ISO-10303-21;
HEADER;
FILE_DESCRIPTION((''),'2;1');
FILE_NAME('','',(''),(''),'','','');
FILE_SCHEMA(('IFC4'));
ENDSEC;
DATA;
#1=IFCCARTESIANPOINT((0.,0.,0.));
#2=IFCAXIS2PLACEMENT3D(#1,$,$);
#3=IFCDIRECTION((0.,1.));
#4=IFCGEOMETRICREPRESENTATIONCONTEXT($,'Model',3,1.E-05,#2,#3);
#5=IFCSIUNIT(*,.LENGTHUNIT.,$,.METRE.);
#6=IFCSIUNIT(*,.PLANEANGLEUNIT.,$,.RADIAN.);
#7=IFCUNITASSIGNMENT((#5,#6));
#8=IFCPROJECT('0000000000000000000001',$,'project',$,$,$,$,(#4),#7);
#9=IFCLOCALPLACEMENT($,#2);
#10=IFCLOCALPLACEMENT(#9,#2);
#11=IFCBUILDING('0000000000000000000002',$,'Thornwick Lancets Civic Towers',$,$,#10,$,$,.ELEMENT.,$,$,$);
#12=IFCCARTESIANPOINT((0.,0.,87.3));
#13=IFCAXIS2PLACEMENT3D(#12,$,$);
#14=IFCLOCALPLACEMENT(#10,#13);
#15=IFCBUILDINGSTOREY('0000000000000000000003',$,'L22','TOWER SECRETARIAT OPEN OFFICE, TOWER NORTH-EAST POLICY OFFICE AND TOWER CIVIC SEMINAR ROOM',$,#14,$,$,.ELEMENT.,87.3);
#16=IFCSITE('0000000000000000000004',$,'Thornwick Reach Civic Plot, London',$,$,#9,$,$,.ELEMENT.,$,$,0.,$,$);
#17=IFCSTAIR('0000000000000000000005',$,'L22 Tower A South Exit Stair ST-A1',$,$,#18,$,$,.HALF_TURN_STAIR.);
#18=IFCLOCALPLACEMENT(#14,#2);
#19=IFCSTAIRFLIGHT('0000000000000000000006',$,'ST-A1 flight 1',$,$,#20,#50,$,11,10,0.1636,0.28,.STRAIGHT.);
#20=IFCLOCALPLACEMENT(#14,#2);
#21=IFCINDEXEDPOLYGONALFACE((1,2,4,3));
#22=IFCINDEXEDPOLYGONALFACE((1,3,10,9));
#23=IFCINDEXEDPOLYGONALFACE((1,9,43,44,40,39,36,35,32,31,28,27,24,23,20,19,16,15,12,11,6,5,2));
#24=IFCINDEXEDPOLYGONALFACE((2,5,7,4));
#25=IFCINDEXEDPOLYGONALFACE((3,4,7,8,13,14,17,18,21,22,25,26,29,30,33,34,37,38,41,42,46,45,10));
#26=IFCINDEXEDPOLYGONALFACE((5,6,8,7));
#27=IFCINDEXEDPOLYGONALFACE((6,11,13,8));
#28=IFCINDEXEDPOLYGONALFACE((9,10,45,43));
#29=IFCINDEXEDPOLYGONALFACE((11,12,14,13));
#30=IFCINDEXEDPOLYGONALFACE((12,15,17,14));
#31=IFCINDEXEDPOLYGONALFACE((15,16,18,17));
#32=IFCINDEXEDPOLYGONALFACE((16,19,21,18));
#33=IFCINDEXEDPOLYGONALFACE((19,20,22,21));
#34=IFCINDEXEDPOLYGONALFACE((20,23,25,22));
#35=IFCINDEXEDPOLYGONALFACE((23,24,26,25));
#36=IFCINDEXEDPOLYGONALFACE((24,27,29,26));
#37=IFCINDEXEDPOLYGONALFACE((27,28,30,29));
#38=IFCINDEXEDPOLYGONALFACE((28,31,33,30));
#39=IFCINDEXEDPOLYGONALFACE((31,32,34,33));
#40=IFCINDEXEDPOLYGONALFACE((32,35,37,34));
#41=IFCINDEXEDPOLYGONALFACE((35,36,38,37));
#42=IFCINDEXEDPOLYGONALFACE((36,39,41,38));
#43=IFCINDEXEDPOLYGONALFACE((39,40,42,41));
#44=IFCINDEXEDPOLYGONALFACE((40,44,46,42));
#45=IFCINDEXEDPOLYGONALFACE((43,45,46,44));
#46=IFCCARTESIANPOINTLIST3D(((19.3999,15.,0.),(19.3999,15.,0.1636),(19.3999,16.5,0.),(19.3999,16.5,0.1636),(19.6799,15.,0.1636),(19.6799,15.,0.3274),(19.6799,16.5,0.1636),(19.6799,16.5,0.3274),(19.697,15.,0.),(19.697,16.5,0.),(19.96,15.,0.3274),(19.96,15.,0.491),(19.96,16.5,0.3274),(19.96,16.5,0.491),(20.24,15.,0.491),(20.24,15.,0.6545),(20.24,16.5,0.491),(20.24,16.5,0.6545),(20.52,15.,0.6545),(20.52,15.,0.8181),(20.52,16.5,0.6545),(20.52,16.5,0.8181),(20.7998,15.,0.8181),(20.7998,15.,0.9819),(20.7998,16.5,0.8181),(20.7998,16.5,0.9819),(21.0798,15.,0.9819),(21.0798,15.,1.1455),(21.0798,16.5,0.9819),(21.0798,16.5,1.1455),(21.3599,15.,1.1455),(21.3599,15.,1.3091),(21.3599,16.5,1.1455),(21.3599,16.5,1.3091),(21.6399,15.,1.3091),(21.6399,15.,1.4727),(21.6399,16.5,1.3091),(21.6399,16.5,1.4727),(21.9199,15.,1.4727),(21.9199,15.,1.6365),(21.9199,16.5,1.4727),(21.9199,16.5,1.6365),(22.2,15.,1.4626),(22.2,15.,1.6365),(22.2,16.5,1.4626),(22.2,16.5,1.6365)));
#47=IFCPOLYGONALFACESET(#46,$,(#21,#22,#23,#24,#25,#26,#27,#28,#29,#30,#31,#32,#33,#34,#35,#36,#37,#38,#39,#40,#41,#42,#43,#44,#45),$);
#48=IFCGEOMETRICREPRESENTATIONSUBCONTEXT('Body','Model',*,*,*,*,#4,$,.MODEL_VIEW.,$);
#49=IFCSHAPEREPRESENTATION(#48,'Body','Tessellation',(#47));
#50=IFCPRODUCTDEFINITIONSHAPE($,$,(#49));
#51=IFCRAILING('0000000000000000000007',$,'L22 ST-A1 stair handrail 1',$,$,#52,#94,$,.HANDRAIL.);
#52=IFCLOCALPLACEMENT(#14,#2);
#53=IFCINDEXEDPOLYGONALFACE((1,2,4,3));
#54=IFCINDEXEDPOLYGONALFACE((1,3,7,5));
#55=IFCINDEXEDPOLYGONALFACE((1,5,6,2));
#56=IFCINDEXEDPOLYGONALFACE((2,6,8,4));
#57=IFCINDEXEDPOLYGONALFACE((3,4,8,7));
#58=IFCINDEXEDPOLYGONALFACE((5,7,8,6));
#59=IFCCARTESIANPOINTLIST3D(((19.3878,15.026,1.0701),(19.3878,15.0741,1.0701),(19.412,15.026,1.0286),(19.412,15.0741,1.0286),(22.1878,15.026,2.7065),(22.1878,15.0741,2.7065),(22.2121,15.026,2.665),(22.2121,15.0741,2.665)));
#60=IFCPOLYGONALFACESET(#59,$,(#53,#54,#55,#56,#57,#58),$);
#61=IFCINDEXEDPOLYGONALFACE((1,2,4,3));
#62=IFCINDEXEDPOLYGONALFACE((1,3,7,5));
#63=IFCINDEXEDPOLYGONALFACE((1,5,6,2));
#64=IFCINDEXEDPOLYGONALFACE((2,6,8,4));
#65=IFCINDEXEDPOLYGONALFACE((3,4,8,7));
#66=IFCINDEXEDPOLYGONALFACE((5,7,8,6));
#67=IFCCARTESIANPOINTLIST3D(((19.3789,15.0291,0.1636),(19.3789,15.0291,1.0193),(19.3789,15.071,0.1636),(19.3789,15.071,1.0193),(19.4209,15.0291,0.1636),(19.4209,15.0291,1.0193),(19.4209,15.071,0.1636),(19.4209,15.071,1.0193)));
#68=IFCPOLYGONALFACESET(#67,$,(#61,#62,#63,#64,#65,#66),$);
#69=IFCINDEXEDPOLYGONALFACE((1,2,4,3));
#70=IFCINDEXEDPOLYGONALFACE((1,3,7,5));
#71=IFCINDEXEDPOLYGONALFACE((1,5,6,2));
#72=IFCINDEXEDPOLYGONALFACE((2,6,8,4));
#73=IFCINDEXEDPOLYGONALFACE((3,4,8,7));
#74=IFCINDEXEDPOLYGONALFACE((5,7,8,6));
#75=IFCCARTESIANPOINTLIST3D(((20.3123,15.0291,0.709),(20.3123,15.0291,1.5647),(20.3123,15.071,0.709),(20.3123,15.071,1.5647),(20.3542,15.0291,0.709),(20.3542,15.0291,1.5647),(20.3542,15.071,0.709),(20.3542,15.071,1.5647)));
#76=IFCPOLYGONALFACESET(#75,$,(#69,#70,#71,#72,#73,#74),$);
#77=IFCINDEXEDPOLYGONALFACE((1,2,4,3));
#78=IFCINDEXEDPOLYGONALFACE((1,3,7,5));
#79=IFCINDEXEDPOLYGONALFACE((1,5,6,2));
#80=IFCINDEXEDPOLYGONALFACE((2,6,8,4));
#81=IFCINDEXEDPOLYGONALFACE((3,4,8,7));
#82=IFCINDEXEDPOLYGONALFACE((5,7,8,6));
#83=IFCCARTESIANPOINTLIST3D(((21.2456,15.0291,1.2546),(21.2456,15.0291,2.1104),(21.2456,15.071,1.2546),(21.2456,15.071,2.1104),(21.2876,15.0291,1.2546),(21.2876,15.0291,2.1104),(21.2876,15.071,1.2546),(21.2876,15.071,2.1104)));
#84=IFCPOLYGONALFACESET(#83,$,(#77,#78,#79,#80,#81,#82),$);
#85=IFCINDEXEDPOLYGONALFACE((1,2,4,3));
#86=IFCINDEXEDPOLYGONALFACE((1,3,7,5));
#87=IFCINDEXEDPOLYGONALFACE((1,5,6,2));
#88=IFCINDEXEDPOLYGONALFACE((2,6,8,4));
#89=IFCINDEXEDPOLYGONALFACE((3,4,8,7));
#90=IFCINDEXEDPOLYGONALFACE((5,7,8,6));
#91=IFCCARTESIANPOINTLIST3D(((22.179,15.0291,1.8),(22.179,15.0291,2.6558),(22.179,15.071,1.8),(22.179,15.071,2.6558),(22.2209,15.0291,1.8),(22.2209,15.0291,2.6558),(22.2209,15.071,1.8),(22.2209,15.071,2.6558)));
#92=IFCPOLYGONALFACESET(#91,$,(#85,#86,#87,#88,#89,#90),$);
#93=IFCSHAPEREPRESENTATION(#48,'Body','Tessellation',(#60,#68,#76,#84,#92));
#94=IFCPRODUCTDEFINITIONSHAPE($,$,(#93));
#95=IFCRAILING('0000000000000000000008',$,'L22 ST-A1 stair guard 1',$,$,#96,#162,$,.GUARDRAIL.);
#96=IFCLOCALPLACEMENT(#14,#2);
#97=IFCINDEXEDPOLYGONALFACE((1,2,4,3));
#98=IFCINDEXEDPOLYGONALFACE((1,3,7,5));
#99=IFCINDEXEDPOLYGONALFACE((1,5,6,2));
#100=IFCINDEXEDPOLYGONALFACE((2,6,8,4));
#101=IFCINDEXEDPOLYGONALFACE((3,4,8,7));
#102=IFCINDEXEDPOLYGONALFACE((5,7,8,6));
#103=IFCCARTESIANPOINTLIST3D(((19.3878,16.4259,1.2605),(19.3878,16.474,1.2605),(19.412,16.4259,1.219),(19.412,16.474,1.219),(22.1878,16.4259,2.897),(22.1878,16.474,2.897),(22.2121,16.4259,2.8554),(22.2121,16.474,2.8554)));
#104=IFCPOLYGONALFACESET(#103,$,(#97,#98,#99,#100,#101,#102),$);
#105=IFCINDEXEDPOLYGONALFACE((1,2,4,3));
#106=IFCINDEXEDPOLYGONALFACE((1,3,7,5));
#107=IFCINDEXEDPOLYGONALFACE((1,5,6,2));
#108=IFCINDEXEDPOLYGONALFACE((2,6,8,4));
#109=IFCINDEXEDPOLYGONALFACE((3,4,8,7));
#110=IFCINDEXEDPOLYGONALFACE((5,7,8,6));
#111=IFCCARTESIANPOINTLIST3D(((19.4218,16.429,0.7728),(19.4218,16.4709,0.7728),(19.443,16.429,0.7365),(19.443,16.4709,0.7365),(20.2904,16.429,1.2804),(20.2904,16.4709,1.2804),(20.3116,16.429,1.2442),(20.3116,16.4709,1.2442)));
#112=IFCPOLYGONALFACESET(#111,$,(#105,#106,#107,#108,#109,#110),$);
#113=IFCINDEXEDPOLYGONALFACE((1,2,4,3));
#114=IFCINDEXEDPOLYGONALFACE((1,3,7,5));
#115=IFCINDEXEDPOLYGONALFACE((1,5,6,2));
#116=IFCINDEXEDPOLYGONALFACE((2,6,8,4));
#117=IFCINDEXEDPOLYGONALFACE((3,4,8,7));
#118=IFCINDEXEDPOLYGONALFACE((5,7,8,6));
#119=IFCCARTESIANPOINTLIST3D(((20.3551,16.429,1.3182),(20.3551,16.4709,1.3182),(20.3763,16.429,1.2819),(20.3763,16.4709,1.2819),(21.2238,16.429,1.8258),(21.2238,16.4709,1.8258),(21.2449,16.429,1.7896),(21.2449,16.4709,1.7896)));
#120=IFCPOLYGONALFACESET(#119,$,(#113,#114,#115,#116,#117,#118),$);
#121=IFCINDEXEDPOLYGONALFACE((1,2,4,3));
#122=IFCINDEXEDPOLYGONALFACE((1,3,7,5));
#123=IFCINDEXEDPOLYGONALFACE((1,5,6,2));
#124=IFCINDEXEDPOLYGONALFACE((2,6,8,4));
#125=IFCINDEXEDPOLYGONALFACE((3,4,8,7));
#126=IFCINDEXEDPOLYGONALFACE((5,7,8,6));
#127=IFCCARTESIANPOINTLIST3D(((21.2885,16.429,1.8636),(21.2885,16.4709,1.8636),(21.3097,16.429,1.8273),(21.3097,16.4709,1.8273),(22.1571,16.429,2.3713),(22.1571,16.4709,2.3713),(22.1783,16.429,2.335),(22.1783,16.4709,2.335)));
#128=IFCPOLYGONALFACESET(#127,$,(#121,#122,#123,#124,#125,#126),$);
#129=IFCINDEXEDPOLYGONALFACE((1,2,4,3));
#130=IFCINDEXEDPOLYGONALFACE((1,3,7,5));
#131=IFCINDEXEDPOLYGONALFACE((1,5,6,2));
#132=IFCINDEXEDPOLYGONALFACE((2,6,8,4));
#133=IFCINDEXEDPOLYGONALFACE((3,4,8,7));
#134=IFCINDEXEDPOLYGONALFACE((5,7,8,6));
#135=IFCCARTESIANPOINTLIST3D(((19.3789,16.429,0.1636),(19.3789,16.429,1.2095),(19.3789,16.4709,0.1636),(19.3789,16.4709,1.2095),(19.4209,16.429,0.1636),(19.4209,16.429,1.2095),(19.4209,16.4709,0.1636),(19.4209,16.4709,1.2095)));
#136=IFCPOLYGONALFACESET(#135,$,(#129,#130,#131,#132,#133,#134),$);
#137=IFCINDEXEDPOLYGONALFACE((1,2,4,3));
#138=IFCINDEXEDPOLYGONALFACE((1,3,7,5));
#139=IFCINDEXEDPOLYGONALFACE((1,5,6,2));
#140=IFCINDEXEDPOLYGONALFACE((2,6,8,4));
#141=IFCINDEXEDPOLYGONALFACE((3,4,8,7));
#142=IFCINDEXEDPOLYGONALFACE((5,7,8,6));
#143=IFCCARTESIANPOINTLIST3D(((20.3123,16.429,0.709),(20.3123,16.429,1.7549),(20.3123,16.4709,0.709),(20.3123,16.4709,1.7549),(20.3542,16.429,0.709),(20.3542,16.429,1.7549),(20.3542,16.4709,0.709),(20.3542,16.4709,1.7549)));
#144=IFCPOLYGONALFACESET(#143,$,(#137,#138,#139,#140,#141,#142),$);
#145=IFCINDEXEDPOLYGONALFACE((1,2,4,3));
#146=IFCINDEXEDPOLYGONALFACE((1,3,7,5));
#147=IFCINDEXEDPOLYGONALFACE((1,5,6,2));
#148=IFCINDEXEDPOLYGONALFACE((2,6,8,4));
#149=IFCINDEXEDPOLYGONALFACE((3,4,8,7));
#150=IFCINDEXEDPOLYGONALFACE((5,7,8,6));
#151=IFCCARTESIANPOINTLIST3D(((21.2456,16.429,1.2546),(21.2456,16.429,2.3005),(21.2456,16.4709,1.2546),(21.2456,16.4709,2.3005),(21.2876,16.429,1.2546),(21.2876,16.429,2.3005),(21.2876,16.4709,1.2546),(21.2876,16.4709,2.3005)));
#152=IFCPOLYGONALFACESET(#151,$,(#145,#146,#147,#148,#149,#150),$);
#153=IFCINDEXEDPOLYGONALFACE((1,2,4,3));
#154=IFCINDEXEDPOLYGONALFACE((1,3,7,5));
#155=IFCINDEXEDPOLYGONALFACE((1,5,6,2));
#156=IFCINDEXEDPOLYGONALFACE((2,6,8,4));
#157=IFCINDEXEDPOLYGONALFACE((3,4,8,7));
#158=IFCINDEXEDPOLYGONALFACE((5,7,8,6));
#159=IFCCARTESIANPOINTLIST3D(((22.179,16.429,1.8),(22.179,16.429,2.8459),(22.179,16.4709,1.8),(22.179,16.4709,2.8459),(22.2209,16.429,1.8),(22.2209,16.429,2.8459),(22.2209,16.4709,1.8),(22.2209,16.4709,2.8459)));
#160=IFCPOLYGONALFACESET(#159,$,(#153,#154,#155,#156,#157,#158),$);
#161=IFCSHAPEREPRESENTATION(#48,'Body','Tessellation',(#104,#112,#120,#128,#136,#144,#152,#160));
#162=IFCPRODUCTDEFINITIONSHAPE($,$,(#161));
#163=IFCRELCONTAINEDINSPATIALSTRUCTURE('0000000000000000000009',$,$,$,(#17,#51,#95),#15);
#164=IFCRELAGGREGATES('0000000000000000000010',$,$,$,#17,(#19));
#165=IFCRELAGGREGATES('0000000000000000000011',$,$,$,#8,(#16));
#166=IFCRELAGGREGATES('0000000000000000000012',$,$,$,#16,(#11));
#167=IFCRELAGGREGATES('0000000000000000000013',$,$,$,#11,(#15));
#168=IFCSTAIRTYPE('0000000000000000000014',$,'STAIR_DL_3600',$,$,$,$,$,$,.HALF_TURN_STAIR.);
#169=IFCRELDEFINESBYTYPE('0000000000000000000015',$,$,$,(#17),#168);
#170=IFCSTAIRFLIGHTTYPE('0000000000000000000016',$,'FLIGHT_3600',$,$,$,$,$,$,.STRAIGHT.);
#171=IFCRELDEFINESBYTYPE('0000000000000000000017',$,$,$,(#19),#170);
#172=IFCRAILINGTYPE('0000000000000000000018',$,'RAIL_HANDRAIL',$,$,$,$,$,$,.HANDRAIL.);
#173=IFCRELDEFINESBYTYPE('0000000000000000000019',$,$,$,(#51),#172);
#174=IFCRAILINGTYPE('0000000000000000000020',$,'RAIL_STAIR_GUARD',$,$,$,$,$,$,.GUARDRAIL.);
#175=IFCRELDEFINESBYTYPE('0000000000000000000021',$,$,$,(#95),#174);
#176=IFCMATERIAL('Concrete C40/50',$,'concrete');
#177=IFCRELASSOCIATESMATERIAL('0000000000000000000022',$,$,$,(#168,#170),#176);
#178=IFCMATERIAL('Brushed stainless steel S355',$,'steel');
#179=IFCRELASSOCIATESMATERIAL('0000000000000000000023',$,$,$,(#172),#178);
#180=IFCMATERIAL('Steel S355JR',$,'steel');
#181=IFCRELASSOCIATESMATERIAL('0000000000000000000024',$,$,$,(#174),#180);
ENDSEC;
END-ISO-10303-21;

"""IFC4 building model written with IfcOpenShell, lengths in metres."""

from ifc_helpers import new_model, si_unit, direction, frame, origin, origin_2d, place, context, subcontext, project, spatial, polyline, rectangle, outline, extrude, material, type_object, element, aggregate, save


model = new_model("IFC4")

# Units and contexts
model_context = context("Model", 3, precision=1e-05, world=origin(), true_north=direction((0.0, 1.0)))
body_context = subcontext(model_context, "Body", "Model", "MODEL_VIEW")
ifc_project = project(units=[si_unit("LENGTHUNIT", "METRE"), si_unit("PLANEANGLEUNIT", "RADIAN")], contexts=[model_context])

# Site, building, storey
site_placement = place(None, origin())
site = spatial("IfcSite", under=ifc_project, at=site_placement, Name="Thornwick Reach Civic Plot, London", CompositionType="ELEMENT", RefElevation=0.0)
building_placement = place(site_placement, origin())
building = spatial("IfcBuilding", under=site, at=building_placement, Name="Thornwick Lancets Civic Towers", CompositionType="ELEMENT")
storey_placement = place(building_placement, frame((0.0, 0.0, 87.3)))
storey = spatial("IfcBuildingStorey", under=building, at=storey_placement, Name="L22", Description="TOWER SECRETARIAT OPEN OFFICE, TOWER NORTH-EAST POLICY OFFICE AND TOWER CIVIC SEMINAR ROOM", CompositionType="ELEMENT", Elevation=87.3)

# Shared definitions
ifc_material_1 = material(Name="Steel S355JR", Category="steel")
ifc_material_2 = material(Name="Concrete C40/50", Category="concrete")

# Stair, stair flight
stair_type = type_object("IfcStairType", Name="STAIR_DL_3600", PredefinedType="HALF_TURN_STAIR", material=ifc_material_2)
stair_placement = place(storey_placement, origin())
stair = element("IfcStair", 1, at=stair_placement, inside=storey, type_object=stair_type, Name="L22 Tower A South Exit Stair ST-A1", PredefinedType="HALF_TURN_STAIR")
stair_flight_type = type_object("IfcStairFlightType", Name="FLIGHT_3600", PredefinedType="STRAIGHT", material=ifc_material_2)
stair_flight_placement = place(storey_placement, frame((19.3999, 15.75, 0.0), z_axis=(0.0, 0.0, 1.0), x_axis=(1.0, 0.0, 0.0)))
stair_flight = element("IfcStairFlight", 2, at=stair_flight_placement, type_object=stair_flight_type, Name="ST-A1 flight 1", NumberOfRisers=11, NumberOfTreads=10, PredefinedType="STRAIGHT", RiserHeight=0.1636, TreadLength=0.28, context=body_context, shape_type="SweptSolid", body=[
    extrude(outline(polyline([(0.0, 0.0), (0.0, 0.1636), (0.28, 0.1636), (0.28, 0.3274), (0.5601, 0.3274), (0.5601, 0.491), (0.8401, 0.491), (0.8401, 0.6545), (1.1201, 0.6545), (1.1201, 0.8181), (1.3999, 0.8181), (1.3999, 0.9819), (1.6799, 0.9819), (1.6799, 1.1455), (1.96, 1.1455), (1.96, 1.3091), (2.24, 1.3091), (2.24, 1.4727), (2.52, 1.4727), (2.52, 1.6365), (2.8, 1.6365), (2.8, 1.8), (2.8, 1.4626), (0.2971, 0.0), (0.0, 0.0)])), frame((0.0, 0.75, 0.0), z_axis=(0.0, -1.0, 0.0), x_axis=(1.0, 0.0, 0.0)), (0.0, 0.0, 1.0), 1.5),
])
aggregate(stair, [stair_flight])

# Railings
ifc_material_3 = material(Name="Brushed stainless steel S355", Category="steel")
railing_type_1 = type_object("IfcRailingType", Name="RAIL_HANDRAIL", PredefinedType="HANDRAIL", material=ifc_material_3)
railing_1_placement = place(storey_placement, frame((19.3999, 15.05, 0.1636)))
element("IfcRailing", 3, at=railing_1_placement, inside=storey, type_object=railing_type_1, Name="L22 ST-A1 stair handrail 1", PredefinedType="HANDRAIL", context=body_context, shape_type="SweptSolid", body=[
    extrude(rectangle(XDim=0.0481, YDim=0.0481, at=origin_2d()), frame((0.0, 0.0, 0.8857), z_axis=(0.863361, 0.0, 0.504587), x_axis=(0.0, 1.0, 0.0)), (0.0, 0.0, 1.0), 3.2432),
    extrude(rectangle(XDim=0.042, YDim=0.042, at=origin_2d()), origin(), (0.0, 0.0, 1.0), 0.8557),
    extrude(rectangle(XDim=0.042, YDim=0.042, at=origin_2d()), frame((0.9333, 0.0, 0.5454)), (0.0, 0.0, 1.0), 0.8557),
    extrude(rectangle(XDim=0.042, YDim=0.042, at=origin_2d()), frame((1.8667, 0.0, 1.0911)), (0.0, 0.0, 1.0), 0.8557),
    extrude(rectangle(XDim=0.042, YDim=0.042, at=origin_2d()), frame((2.8, 0.0, 1.6365)), (0.0, 0.0, 1.0), 0.8557),
])
railing_type_2 = type_object("IfcRailingType", Name="RAIL_STAIR_GUARD", PredefinedType="GUARDRAIL", material=ifc_material_1)
railing_2_placement = place(storey_placement, frame((19.3999, 16.45, 0.1636)))
element("IfcRailing", 4, at=railing_2_placement, inside=storey, type_object=railing_type_2, Name="L22 ST-A1 stair guard 1", PredefinedType="GUARDRAIL", context=body_context, shape_type="SweptSolid", body=[
    extrude(rectangle(XDim=0.0481, YDim=0.0481, at=origin_2d()), frame((0.0, 0.0, 1.0762), z_axis=(0.863361, 0.0, 0.504587), x_axis=(0.0, 1.0, 0.0)), (0.0, 0.0, 1.0), 3.2432),
    extrude(rectangle(XDim=0.042, YDim=0.042, at=origin_2d()), frame((0.0325, 0.0, 0.5911), z_axis=(0.863361, 0.0, 0.504587), x_axis=(0.0, 1.0, 0.0)), (0.0, 0.0, 1.0), 1.0061),
    extrude(rectangle(XDim=0.042, YDim=0.042, at=origin_2d()), frame((0.9658, 0.0, 1.1365), z_axis=(0.863361, 0.0, 0.504587), x_axis=(0.0, 1.0, 0.0)), (0.0, 0.0, 1.0), 1.0061),
    extrude(rectangle(XDim=0.042, YDim=0.042, at=origin_2d()), frame((1.8992, 0.0, 1.6819), z_axis=(0.863361, 0.0, 0.504587), x_axis=(0.0, 1.0, 0.0)), (0.0, 0.0, 1.0), 1.0061),
    extrude(rectangle(XDim=0.042, YDim=0.042, at=origin_2d()), origin(), (0.0, 0.0, 1.0), 1.0459),
    extrude(rectangle(XDim=0.042, YDim=0.042, at=origin_2d()), frame((0.9333, 0.0, 0.5454)), (0.0, 0.0, 1.0), 1.0459),
    extrude(rectangle(XDim=0.042, YDim=0.042, at=origin_2d()), frame((1.8667, 0.0, 1.0911)), (0.0, 0.0, 1.0), 1.0459),
    extrude(rectangle(XDim=0.042, YDim=0.042, at=origin_2d()), frame((2.8, 0.0, 1.6365)), (0.0, 0.0, 1.0), 1.0459),
])

save(model, "model.ifc")
